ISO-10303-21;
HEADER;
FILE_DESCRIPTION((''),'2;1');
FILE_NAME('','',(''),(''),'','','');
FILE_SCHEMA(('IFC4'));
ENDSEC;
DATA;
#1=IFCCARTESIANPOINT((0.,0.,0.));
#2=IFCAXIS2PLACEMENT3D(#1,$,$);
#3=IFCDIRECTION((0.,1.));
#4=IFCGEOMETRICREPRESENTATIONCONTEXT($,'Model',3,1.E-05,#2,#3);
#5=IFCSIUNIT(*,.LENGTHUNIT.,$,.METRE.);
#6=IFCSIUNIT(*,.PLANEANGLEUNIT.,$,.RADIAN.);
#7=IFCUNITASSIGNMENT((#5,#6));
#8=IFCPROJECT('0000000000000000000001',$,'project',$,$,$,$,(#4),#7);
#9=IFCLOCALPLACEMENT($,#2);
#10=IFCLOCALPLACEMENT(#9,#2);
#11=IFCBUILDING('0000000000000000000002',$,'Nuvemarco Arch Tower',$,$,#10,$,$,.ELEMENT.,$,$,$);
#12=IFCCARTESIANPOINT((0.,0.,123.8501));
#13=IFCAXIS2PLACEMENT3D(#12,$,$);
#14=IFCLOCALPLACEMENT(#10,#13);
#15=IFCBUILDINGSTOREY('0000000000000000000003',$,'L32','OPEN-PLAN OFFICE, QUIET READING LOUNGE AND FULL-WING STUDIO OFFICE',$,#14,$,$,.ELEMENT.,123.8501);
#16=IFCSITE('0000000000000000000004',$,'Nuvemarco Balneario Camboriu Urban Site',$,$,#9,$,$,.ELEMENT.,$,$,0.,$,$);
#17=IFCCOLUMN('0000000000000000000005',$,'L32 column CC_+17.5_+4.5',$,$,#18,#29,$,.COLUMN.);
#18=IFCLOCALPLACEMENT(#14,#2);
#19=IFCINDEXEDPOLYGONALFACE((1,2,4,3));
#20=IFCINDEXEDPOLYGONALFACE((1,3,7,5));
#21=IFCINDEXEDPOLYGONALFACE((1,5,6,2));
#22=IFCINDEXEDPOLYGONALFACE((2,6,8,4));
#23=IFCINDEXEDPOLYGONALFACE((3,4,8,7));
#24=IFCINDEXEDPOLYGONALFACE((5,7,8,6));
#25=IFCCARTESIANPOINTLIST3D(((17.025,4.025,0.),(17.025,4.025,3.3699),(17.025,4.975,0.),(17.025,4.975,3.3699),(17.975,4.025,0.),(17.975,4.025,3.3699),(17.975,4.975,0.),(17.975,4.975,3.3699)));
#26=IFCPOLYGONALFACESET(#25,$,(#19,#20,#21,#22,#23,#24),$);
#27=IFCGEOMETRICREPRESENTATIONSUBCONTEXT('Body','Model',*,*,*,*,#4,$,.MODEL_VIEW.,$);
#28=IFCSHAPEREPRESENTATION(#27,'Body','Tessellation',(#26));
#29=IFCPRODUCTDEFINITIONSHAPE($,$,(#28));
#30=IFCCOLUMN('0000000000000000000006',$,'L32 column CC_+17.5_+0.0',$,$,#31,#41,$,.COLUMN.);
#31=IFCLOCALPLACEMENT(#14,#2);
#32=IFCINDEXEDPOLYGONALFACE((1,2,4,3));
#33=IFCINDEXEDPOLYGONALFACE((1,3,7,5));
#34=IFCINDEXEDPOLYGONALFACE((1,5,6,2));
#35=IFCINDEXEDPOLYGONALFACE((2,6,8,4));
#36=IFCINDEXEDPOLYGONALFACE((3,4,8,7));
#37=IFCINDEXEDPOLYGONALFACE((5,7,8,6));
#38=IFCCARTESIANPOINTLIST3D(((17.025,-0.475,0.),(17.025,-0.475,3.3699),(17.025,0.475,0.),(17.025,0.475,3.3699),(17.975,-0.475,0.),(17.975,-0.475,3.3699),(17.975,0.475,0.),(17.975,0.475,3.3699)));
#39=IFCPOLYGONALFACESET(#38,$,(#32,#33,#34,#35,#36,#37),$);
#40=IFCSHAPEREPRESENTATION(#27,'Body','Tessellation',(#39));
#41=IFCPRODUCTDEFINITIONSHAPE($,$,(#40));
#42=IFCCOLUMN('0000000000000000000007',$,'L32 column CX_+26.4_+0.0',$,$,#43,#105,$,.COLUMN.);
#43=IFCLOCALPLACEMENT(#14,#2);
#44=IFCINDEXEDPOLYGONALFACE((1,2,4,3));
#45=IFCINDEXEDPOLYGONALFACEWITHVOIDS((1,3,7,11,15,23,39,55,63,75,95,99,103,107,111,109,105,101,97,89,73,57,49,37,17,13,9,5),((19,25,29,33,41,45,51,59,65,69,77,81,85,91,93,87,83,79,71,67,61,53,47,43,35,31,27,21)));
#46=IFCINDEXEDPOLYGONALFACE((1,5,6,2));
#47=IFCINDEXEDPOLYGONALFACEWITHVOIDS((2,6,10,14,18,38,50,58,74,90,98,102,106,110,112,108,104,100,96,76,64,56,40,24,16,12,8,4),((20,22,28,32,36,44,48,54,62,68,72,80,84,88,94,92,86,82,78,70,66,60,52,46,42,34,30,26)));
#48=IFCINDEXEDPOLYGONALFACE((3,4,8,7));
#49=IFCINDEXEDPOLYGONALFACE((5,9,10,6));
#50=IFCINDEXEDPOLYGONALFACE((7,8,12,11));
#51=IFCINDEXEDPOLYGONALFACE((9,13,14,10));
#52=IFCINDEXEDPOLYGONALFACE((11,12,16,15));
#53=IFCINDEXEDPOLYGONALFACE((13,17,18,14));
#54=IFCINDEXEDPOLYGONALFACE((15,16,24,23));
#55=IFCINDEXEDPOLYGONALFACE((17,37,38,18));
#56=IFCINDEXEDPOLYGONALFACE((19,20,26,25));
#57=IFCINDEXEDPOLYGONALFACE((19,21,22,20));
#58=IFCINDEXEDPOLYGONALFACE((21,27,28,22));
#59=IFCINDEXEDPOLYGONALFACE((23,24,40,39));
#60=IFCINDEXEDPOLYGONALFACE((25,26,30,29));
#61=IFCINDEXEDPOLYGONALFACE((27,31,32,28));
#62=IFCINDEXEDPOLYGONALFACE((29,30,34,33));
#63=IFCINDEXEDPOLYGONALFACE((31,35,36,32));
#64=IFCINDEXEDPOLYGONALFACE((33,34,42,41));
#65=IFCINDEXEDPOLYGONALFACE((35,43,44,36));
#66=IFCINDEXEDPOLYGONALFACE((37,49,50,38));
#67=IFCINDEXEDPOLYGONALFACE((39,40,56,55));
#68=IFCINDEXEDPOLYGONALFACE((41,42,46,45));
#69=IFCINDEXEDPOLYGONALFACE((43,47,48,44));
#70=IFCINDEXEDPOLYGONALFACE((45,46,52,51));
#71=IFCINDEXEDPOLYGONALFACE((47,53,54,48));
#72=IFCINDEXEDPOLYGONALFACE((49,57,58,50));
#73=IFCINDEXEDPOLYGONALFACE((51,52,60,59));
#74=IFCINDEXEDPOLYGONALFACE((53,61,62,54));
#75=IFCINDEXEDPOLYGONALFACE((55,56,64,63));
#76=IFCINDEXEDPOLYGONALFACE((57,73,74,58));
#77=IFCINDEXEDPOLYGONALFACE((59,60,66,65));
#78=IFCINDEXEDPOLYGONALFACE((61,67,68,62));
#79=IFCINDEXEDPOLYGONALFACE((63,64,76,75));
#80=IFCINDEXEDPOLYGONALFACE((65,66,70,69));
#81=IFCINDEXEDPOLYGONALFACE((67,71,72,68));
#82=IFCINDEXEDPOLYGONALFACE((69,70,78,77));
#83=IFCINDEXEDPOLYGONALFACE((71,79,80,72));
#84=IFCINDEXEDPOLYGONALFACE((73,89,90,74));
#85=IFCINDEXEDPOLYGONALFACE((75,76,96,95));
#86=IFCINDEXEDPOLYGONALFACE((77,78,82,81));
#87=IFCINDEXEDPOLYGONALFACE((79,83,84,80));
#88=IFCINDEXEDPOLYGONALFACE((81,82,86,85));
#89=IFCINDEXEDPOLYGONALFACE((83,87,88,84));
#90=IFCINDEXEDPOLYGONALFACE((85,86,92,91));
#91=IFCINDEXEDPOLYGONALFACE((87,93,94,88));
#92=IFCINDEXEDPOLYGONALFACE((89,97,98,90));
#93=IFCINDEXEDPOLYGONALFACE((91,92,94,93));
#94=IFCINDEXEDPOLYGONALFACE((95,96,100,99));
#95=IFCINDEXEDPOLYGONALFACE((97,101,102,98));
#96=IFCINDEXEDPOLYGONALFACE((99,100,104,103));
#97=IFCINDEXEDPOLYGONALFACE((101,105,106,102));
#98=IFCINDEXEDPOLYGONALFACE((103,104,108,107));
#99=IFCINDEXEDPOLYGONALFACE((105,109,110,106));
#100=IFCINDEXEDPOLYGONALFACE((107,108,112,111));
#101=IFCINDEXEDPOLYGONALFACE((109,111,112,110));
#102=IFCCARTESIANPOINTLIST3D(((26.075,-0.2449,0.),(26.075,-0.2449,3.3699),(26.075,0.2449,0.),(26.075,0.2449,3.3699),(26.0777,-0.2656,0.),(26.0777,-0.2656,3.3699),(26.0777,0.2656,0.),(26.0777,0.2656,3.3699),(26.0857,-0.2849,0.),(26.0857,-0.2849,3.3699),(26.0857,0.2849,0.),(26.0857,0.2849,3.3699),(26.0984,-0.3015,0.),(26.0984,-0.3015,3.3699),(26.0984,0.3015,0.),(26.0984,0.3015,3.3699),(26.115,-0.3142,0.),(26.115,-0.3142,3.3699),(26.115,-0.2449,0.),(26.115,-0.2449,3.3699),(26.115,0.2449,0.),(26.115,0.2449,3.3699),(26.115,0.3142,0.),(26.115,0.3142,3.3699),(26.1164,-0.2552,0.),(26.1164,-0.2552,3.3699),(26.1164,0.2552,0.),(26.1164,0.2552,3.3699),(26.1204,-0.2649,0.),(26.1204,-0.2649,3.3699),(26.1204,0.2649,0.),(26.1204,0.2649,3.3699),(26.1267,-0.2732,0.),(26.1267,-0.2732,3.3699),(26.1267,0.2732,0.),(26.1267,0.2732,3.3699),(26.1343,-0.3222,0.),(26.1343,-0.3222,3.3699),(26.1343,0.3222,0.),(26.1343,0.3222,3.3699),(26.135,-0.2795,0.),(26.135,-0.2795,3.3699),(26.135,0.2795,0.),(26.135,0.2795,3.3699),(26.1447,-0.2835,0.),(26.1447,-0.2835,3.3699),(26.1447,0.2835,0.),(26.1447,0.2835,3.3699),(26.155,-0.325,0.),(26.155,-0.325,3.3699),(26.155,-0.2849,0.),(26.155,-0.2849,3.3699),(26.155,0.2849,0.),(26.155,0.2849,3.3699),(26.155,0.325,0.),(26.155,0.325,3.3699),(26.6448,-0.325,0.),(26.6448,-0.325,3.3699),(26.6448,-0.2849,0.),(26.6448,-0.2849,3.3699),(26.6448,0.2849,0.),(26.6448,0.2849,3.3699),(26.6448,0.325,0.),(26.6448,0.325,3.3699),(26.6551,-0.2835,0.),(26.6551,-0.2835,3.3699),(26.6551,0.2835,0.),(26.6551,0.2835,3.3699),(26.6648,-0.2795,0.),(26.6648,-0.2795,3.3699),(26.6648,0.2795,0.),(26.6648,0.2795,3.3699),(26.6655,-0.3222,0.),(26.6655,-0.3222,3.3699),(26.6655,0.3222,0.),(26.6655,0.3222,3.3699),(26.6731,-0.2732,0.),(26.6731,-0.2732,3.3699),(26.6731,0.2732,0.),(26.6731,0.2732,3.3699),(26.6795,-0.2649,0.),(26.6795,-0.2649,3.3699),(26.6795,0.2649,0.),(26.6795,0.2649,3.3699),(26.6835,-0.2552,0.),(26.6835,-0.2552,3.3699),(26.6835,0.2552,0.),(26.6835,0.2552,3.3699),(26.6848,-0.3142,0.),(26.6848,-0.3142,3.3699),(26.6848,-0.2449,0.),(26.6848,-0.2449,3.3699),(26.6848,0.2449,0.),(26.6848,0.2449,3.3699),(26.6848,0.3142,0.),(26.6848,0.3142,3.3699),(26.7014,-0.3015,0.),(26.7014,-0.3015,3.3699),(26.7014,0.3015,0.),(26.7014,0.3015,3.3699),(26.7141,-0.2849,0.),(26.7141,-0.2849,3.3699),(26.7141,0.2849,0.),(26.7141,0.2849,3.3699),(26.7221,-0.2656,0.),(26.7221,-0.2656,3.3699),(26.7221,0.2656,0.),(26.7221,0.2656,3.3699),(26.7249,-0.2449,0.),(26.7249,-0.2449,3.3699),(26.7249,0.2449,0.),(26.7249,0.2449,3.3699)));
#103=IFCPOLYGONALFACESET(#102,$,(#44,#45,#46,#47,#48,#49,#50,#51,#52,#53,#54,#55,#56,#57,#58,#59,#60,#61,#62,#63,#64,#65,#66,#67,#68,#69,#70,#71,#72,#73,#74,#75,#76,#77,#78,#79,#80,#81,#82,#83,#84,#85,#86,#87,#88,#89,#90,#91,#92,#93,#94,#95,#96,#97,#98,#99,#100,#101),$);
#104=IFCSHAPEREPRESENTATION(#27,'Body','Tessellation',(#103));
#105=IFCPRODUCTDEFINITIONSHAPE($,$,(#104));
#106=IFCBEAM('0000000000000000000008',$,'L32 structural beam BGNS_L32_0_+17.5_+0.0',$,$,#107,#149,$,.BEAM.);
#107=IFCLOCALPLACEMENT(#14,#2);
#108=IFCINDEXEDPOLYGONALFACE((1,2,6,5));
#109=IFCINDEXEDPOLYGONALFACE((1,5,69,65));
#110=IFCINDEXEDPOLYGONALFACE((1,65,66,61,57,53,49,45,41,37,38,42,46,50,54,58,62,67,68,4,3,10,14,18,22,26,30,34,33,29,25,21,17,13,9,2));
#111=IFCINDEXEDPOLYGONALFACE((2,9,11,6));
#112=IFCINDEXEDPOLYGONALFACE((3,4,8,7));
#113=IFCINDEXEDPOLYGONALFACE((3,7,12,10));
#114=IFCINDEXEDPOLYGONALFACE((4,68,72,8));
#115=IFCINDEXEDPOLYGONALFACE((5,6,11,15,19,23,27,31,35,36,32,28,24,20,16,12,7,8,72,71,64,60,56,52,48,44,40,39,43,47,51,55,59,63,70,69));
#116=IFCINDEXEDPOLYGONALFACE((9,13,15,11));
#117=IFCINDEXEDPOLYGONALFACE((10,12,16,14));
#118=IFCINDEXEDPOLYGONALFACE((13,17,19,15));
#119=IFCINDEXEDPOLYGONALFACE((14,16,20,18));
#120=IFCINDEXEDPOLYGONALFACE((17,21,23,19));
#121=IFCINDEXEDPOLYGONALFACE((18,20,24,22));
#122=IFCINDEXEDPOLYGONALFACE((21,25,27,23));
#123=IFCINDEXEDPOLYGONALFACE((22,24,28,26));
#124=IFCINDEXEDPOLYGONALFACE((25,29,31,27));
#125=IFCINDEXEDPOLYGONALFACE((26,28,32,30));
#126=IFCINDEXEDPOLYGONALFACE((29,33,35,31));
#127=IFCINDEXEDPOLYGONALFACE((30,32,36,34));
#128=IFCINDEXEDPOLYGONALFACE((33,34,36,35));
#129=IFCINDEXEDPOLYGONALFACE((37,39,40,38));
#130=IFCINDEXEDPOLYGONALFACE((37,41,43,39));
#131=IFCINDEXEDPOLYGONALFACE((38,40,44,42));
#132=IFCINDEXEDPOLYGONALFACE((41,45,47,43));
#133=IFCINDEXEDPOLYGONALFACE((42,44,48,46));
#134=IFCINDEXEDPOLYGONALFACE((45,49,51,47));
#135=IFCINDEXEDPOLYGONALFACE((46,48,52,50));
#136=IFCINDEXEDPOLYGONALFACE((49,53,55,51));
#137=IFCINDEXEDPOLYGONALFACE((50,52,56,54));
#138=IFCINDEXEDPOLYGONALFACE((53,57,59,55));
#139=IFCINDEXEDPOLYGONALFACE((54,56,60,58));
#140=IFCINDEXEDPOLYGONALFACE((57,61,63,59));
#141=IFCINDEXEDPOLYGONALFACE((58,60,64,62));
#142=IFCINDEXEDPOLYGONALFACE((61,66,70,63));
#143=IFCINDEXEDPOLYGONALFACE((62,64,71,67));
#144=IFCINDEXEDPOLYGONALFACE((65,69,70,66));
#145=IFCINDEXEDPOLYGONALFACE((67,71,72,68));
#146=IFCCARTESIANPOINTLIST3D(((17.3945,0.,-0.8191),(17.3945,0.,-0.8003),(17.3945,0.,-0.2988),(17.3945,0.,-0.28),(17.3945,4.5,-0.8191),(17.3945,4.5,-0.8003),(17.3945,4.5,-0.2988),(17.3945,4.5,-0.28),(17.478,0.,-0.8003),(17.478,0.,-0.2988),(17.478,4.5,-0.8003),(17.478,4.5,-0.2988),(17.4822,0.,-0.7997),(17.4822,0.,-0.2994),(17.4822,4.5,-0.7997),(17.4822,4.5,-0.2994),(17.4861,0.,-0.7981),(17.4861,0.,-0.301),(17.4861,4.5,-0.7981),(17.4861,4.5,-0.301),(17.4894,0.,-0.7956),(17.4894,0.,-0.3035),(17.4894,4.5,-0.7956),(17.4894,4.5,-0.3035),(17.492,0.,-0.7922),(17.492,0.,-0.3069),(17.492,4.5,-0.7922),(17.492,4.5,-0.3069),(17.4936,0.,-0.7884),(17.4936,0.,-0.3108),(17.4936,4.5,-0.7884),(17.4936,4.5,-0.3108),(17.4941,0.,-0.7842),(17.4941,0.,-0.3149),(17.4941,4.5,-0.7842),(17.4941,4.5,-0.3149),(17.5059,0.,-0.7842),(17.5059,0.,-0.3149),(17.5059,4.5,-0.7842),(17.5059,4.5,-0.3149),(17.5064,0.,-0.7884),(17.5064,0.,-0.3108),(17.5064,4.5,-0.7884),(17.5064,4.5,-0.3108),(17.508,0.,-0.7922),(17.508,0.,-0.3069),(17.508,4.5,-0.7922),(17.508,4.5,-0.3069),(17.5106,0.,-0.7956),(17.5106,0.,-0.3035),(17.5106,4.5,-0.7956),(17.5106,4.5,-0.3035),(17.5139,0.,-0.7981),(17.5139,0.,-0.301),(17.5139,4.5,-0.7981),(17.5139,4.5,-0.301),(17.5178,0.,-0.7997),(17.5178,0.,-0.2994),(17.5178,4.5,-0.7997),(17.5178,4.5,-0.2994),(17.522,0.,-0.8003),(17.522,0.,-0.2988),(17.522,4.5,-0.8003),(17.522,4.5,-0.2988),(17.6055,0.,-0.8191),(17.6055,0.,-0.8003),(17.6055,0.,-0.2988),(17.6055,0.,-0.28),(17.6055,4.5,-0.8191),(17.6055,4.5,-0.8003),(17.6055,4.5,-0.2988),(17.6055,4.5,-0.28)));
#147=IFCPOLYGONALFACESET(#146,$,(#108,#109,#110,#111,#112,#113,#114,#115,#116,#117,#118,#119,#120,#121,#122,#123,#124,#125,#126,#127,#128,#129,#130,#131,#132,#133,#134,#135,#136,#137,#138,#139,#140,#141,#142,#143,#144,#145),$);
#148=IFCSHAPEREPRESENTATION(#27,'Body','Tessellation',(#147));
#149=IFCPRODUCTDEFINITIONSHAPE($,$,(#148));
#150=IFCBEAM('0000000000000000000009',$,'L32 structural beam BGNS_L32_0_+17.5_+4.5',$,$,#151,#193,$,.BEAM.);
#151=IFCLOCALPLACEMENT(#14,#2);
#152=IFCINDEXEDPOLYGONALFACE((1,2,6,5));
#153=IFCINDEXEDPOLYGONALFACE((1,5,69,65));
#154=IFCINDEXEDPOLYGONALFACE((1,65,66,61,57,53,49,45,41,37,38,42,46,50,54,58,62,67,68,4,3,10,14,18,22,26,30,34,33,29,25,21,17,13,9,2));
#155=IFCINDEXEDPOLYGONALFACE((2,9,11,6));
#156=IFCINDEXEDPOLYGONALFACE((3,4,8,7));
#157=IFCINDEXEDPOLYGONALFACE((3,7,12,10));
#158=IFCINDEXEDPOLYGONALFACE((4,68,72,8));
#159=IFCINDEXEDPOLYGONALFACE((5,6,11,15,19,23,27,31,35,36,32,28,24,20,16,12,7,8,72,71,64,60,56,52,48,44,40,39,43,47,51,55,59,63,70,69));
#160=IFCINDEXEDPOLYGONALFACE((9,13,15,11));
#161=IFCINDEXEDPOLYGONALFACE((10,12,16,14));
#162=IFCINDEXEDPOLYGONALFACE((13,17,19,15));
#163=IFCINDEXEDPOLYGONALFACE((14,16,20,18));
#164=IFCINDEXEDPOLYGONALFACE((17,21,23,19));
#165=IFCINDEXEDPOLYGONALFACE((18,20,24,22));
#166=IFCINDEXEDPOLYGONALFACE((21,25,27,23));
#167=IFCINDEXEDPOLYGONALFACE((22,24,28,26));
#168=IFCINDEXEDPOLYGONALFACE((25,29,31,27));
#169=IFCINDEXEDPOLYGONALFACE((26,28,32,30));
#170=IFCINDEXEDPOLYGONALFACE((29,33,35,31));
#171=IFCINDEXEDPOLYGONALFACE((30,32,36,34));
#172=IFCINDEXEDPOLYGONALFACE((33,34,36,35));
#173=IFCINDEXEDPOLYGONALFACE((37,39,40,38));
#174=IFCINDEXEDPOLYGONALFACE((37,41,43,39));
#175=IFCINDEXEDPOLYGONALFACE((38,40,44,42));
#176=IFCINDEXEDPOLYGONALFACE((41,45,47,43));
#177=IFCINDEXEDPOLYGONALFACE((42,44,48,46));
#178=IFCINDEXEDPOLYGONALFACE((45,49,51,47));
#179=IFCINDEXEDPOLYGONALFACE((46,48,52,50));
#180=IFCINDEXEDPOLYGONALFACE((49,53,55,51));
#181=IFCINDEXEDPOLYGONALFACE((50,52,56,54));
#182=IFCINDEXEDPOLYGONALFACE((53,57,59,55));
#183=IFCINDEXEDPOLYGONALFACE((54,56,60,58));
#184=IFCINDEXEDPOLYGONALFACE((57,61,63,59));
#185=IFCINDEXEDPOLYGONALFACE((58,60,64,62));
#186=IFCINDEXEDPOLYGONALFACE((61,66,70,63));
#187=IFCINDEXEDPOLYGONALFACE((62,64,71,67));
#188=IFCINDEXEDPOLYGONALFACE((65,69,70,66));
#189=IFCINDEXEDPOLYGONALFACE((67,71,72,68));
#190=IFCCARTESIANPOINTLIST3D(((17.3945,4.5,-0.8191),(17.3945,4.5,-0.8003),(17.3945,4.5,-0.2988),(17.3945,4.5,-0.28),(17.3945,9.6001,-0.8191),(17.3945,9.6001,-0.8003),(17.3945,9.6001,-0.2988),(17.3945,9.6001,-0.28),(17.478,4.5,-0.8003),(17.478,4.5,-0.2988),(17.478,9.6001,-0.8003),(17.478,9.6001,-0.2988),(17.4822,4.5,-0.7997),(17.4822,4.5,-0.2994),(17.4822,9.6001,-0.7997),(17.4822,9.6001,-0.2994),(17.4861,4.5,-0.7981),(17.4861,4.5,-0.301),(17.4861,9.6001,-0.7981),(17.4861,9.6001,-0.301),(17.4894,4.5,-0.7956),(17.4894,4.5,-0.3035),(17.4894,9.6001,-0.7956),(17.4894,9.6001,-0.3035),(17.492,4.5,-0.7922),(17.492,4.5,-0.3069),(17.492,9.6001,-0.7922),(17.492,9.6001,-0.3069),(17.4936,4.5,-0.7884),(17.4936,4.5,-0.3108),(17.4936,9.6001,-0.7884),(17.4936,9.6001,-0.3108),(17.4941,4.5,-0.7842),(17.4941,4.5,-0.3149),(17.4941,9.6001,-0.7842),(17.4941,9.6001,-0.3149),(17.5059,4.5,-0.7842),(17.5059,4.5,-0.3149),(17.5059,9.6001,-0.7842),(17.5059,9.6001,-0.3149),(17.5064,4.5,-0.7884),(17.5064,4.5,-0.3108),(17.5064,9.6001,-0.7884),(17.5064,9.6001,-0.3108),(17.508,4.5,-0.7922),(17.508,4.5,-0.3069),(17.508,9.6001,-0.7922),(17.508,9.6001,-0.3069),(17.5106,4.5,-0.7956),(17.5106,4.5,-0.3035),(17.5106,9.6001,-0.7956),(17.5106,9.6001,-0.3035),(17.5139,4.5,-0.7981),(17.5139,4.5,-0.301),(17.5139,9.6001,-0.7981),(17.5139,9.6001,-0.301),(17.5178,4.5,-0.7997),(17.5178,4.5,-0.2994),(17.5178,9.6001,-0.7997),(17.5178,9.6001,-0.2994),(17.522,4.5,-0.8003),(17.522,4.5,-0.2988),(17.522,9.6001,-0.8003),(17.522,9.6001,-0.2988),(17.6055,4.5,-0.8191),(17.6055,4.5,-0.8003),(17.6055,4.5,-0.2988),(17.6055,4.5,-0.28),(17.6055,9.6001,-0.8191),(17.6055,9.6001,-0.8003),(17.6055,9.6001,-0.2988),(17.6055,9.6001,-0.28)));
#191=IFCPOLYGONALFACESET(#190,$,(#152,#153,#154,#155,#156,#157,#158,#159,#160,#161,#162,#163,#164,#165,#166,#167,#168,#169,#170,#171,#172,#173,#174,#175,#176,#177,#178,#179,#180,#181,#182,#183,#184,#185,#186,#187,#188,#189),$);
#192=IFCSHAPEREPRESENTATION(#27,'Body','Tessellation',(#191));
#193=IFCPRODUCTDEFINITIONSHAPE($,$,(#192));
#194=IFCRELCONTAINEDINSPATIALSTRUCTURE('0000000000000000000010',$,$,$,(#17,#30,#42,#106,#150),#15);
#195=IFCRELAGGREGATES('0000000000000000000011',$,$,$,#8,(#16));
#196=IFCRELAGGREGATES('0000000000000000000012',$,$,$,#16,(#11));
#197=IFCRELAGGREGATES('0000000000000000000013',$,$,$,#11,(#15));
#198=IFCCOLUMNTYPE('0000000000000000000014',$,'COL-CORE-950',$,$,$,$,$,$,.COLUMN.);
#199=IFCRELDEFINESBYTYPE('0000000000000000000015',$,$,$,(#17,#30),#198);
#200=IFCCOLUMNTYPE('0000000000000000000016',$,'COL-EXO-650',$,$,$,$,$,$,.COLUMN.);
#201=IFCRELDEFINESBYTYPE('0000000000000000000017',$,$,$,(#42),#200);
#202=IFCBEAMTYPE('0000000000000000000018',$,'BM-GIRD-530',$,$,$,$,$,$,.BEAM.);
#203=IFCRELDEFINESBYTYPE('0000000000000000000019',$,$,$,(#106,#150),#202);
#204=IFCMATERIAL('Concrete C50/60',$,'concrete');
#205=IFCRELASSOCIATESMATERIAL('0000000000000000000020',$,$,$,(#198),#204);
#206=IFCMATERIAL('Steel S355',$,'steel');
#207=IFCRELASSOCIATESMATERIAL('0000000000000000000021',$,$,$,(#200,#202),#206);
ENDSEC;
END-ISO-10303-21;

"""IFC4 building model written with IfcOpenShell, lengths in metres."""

from ifc_helpers import new_model, si_unit, direction, frame, origin, origin_2d, place, context, subcontext, project, spatial, rectangle, hollow_rectangle, i_section, extrude, material, material_profile, profile_set, type_object, element, save


model = new_model("IFC4")

# Units and contexts
model_context = context("Model", 3, precision=1e-05, world=origin(), true_north=direction((0.0, 1.0)))
body_context = subcontext(model_context, "Body", "Model", "MODEL_VIEW")
ifc_project = project(units=[si_unit("LENGTHUNIT", "METRE"), si_unit("PLANEANGLEUNIT", "RADIAN")], contexts=[model_context])

# Site, building, storey
site_placement = place(None, origin())
site = spatial("IfcSite", under=ifc_project, at=site_placement, Name="Nuvemarco Balneario Camboriu Urban Site", CompositionType="ELEMENT", RefElevation=0.0)
building_placement = place(site_placement, origin())
building = spatial("IfcBuilding", under=site, at=building_placement, Name="Nuvemarco Arch Tower", CompositionType="ELEMENT")
storey_placement = place(building_placement, frame((0.0, 0.0, 123.8501)))
storey = spatial("IfcBuildingStorey", under=building, at=storey_placement, Name="L32", Description="OPEN-PLAN OFFICE, QUIET READING LOUNGE AND FULL-WING STUDIO OFFICE", CompositionType="ELEMENT", Elevation=123.8501)

# Columns
ifc_material_1 = material(Name="Concrete C50/60", Category="concrete")
ifc_material_profile_1 = material_profile(ifc_material_1, rectangle(XDim=0.95, YDim=0.95, at=origin_2d()), Name="RC-COL-950x950")
ifc_profile_set_1 = profile_set([ifc_material_profile_1], Name="Concrete C50/60")
column_type_1 = type_object("IfcColumnType", Name="COL-CORE-950", PredefinedType="COLUMN", material=ifc_profile_set_1)
for number, where, z_axis, x_axis, name in (
    (1, (17.5, 4.5, 0.0), (0.0, 0.0, 1.0), (1.0, 0.0, 0.0), "L32 column CC_+17.5_+4.5"),
    (2, (17.5, 0.0, 0.0), (0.0, 0.0, 1.0), (1.0, 0.0, 0.0), "L32 column CC_+17.5_+0.0"),
):
    element("IfcColumn", number, at=place(storey_placement, frame(where, z_axis=z_axis, x_axis=x_axis)), inside=storey, type_object=column_type_1, Name=name, PredefinedType="COLUMN", context=body_context, shape_type="SweptSolid", body=[
        extrude(rectangle(XDim=0.95, YDim=0.95, at=origin_2d()), origin(), (0.0, 0.0, 1.0), 3.3699),
    ])
ifc_material_2 = material(Name="Steel S355", Category="steel")
ifc_material_profile_2 = material_profile(ifc_material_2, hollow_rectangle(XDim=0.6499, YDim=0.6499, WallThickness=0.04, InnerFilletRadius=0.04, OuterFilletRadius=0.0801, at=origin_2d()), Name="SHS650x650x40")
ifc_profile_set_2 = profile_set([ifc_material_profile_2], Name="Steel S355")
column_type_2 = type_object("IfcColumnType", Name="COL-EXO-650", PredefinedType="COLUMN", material=ifc_profile_set_2)
column_placement = place(storey_placement, frame((26.3999, 0.0, 0.0), z_axis=(0.0, 0.0, 1.0), x_axis=(1.0, 0.0, 0.0)))
element("IfcColumn", 3, at=column_placement, inside=storey, type_object=column_type_2, Name="L32 column CX_+26.4_+0.0", PredefinedType="COLUMN", context=body_context, shape_type="SweptSolid", body=[
    extrude(hollow_rectangle(XDim=0.6499, YDim=0.6499, WallThickness=0.04, InnerFilletRadius=0.04, OuterFilletRadius=0.0801, at=origin_2d()), origin(), (0.0, 0.0, 1.0), 3.3699),
])

# Beams
ifc_material_profile_3 = material_profile(ifc_material_2, i_section(OverallWidth=0.2109, OverallDepth=0.5391, WebThickness=0.0117, FlangeThickness=0.0188, FilletRadius=0.0161, at=origin_2d()), Name="W530x109")
ifc_profile_set_3 = profile_set([ifc_material_profile_3], Name="Steel S355")
beam_type_1 = type_object("IfcBeamType", Name="BM-GIRD-530", PredefinedType="BEAM", material=ifc_profile_set_3)
beam_1_placement = place(storey_placement, frame((17.5, 0.0, -0.5496), z_axis=(0.0, 1.0, 0.0), x_axis=(-1.0, 0.0, 0.0)))
element("IfcBeam", 4, at=beam_1_placement, inside=storey, type_object=beam_type_1, Name="L32 structural beam BGNS_L32_0_+17.5_+0.0", PredefinedType="BEAM", context=body_context, shape_type="SweptSolid", body=[
    extrude(i_section(OverallWidth=0.2109, OverallDepth=0.5391, WebThickness=0.0117, FlangeThickness=0.0188, FilletRadius=0.0161, at=origin_2d()), origin(), (0.0, 0.0, 1.0), 4.5),
])
beam_2_placement = place(storey_placement, frame((17.5, 4.5, -0.5496), z_axis=(0.0, 1.0, 0.0), x_axis=(-1.0, 0.0, 0.0)))
element("IfcBeam", 5, at=beam_2_placement, inside=storey, type_object=beam_type_1, Name="L32 structural beam BGNS_L32_0_+17.5_+4.5", PredefinedType="BEAM", context=body_context, shape_type="SweptSolid", body=[
    extrude(i_section(OverallWidth=0.2109, OverallDepth=0.5391, WebThickness=0.0117, FlangeThickness=0.0188, FilletRadius=0.0161, at=origin_2d()), origin(), (0.0, 0.0, 1.0), 5.1001),
])

save(model, "model.ifc")
